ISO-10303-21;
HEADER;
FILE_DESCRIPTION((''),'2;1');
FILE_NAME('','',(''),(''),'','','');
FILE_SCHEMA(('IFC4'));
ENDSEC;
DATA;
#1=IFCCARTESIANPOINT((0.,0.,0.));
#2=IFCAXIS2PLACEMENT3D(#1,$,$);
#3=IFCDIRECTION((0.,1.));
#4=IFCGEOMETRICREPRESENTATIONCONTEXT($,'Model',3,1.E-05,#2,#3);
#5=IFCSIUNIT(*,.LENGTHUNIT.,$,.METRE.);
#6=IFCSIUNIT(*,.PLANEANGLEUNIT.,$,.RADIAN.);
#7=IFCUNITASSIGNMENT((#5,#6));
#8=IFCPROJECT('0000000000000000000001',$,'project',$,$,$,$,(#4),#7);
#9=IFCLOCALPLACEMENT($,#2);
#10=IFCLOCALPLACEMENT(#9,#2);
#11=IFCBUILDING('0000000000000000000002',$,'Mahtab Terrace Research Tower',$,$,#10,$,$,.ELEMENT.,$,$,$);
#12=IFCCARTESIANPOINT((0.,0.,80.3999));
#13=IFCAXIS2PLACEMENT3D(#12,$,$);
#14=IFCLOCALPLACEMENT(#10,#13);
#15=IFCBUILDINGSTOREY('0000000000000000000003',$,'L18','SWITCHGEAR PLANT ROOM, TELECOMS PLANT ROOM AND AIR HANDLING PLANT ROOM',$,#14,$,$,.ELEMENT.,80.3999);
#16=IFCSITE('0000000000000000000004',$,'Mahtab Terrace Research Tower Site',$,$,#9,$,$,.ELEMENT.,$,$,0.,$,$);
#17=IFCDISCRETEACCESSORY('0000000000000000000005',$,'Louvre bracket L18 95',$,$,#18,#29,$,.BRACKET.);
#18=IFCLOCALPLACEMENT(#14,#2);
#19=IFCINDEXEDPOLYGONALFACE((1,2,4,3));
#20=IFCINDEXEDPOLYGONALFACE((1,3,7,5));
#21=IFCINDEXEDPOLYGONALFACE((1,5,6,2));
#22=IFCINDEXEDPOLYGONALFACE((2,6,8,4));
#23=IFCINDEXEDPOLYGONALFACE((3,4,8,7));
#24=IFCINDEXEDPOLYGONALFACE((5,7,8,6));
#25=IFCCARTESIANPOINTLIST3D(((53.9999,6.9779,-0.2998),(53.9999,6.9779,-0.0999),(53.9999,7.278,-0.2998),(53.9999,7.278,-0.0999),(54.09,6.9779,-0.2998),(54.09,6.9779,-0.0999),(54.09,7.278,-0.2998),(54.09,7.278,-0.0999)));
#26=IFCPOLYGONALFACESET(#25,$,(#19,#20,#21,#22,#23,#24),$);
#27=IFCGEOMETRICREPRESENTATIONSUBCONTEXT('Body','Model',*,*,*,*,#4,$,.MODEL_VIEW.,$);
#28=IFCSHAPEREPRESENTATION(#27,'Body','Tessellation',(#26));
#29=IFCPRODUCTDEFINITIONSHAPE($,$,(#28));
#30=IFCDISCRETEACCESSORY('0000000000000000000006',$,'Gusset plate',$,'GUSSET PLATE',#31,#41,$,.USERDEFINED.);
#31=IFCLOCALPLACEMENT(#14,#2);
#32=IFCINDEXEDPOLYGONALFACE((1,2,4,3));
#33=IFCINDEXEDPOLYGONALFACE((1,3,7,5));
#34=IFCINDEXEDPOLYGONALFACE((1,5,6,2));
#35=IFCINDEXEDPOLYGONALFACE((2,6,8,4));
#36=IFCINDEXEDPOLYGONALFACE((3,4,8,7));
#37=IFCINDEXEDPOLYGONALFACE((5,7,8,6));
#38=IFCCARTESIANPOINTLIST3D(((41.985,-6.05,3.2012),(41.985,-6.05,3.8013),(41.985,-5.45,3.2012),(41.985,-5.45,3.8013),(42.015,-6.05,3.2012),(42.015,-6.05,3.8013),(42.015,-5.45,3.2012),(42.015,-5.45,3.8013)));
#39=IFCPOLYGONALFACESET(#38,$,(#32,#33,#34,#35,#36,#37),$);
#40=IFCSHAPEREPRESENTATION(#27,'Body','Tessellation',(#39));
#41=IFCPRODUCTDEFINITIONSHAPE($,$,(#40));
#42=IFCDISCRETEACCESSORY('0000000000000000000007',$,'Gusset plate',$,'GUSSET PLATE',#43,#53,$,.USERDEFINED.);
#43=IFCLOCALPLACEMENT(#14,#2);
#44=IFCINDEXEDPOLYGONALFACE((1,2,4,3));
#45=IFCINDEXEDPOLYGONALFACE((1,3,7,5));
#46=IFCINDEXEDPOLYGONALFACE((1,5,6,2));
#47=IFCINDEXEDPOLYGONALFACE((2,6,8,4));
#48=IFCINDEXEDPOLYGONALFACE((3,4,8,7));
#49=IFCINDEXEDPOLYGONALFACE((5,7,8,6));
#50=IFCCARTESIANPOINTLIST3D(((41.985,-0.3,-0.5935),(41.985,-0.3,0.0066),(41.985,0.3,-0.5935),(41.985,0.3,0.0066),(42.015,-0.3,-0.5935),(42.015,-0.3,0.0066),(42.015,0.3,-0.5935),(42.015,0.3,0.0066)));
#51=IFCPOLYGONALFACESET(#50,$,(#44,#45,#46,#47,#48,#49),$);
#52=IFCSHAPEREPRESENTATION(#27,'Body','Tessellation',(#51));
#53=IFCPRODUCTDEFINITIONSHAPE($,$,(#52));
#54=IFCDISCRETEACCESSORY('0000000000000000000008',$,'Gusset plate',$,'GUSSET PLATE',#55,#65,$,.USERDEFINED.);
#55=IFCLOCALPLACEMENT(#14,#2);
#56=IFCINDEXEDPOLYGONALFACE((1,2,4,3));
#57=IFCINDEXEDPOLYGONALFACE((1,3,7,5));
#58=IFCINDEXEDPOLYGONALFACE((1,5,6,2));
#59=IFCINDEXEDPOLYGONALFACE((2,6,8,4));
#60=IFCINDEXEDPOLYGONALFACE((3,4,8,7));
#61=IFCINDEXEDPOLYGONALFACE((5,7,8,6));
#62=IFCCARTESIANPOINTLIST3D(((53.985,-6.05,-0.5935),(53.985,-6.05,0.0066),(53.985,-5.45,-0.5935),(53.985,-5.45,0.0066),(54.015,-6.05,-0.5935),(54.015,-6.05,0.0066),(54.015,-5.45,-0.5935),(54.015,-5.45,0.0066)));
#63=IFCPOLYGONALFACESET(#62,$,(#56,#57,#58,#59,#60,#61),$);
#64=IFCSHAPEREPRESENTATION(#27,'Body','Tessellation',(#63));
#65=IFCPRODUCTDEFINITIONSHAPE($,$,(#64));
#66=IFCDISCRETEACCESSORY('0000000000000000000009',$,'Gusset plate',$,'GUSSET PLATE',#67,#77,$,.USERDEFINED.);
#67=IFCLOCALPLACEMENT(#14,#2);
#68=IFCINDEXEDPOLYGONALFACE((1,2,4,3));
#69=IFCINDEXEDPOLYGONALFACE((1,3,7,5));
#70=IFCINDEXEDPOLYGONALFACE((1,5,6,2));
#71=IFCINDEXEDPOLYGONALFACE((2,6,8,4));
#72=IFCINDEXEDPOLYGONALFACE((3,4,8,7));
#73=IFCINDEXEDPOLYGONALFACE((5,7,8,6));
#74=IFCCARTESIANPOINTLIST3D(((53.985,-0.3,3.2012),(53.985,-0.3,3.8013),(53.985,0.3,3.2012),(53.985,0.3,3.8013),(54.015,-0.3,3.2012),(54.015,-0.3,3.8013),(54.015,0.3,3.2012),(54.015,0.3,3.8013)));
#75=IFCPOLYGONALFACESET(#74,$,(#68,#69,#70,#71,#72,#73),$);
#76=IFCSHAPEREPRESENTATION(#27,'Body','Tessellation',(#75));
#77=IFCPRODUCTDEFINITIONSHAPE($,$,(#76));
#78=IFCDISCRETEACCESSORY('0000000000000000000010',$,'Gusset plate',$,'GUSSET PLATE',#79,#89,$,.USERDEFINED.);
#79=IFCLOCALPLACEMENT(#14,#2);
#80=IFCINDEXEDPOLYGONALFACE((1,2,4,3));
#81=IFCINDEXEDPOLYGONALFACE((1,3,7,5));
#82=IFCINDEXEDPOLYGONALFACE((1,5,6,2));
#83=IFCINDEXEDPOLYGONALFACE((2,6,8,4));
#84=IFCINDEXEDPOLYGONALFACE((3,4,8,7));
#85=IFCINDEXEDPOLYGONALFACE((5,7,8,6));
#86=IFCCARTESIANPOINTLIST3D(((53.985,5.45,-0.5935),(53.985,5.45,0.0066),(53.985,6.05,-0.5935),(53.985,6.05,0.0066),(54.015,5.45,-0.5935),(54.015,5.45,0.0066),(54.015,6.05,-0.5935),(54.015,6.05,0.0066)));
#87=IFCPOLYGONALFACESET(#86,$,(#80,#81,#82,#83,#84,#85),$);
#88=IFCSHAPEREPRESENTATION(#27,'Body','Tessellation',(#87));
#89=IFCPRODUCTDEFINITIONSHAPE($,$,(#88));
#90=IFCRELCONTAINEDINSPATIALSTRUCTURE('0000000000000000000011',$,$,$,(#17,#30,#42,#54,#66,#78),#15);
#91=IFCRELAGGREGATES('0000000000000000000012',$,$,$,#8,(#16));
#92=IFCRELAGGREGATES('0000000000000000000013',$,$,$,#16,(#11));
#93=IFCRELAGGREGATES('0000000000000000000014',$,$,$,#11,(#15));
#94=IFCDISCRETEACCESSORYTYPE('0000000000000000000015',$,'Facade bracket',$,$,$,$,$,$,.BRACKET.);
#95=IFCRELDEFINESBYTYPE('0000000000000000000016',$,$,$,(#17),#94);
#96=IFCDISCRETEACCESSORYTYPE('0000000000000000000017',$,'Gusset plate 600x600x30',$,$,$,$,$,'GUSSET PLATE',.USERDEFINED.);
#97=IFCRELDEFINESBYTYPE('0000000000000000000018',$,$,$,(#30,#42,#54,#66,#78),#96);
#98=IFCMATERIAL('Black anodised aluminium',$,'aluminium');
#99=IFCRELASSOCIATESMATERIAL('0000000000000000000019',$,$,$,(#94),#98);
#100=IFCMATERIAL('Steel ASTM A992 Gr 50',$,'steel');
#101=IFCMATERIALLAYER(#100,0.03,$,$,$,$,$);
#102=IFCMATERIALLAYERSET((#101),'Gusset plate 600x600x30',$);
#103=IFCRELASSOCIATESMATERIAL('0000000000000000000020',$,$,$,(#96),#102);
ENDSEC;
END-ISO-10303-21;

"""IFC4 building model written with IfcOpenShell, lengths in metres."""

from ifc_helpers import new_model, si_unit, direction, frame, origin, origin_2d, place, context, subcontext, project, spatial, rectangle, extrude, material, layer, layer_set, type_object, element, save


model = new_model("IFC4")

# Units and contexts
model_context = context("Model", 3, precision=1e-05, world=origin(), true_north=direction((0.0, 1.0)))
body_context = subcontext(model_context, "Body", "Model", "MODEL_VIEW")
ifc_project = project(units=[si_unit("LENGTHUNIT", "METRE"), si_unit("PLANEANGLEUNIT", "RADIAN")], contexts=[model_context])

# Site, building, storey
site_placement = place(None, origin())
site = spatial("IfcSite", under=ifc_project, at=site_placement, Name="Mahtab Terrace Research Tower Site", CompositionType="ELEMENT", RefElevation=0.0)
building_placement = place(site_placement, origin())
building = spatial("IfcBuilding", under=site, at=building_placement, Name="Mahtab Terrace Research Tower", CompositionType="ELEMENT")
storey_placement = place(building_placement, frame((0.0, 0.0, 80.3999)))
storey = spatial("IfcBuildingStorey", under=building, at=storey_placement, Name="L18", Description="SWITCHGEAR PLANT ROOM, TELECOMS PLANT ROOM AND AIR HANDLING PLANT ROOM", CompositionType="ELEMENT", Elevation=80.3999)

# Shared definitions
ifc_material_1 = material(Name="Steel ASTM A992 Gr 50", Category="steel")

# Discrete accessories
ifc_material_2 = material(Name="Black anodised aluminium", Category="aluminium")
discrete_accessory_type_1 = type_object("IfcDiscreteAccessoryType", Name="Facade bracket", PredefinedType="BRACKET", material=ifc_material_2)
for number, where, z_axis, x_axis, name in (
    (1, (54.0449, 7.1279, -0.2998), (0.0, 0.0, 1.0), (0.0, 1.0, 0.0), "Louvre bracket L18 95"),
):
    element("IfcDiscreteAccessory", number, at=place(storey_placement, frame(where, z_axis=z_axis, x_axis=x_axis)), inside=storey, type_object=discrete_accessory_type_1, Name=name, PredefinedType="BRACKET", context=body_context, shape_type="SweptSolid", body=[
        extrude(rectangle(XDim=0.3, YDim=0.0901, at=origin_2d()), origin(), (0.0, 0.0, 1.0), 0.2),
    ])
ifc_layer_1 = layer(ifc_material_1, 0.03)
ifc_layer_set_1 = layer_set([ifc_layer_1], Name="Gusset plate 600x600x30")
discrete_accessory_type_2 = type_object("IfcDiscreteAccessoryType", Name="Gusset plate 600x600x30", ElementType="GUSSET PLATE", PredefinedType="USERDEFINED", material=ifc_layer_set_1)
for number, where, z_axis, x_axis, name in (
    (2, (42.0, -5.75, 3.2012), (0.0, 0.0, 1.0), (0.0, 1.0, 0.0), "Gusset plate"),
    (3, (42.0, 0.0, -0.5935), (0.0, 0.0, 1.0), (0.0, 1.0, 0.0), "Gusset plate"),
    (4, (54.0, -5.75, -0.5935), (0.0, 0.0, 1.0), (0.0, 1.0, 0.0), "Gusset plate"),
    (5, (54.0, 0.0, 3.2012), (0.0, 0.0, 1.0), (0.0, 1.0, 0.0), "Gusset plate"),
    (6, (54.0, 5.75, -0.5935), (0.0, 0.0, 1.0), (0.0, 1.0, 0.0), "Gusset plate"),
):
    element("IfcDiscreteAccessory", number, at=place(storey_placement, frame(where, z_axis=z_axis, x_axis=x_axis)), inside=storey, type_object=discrete_accessory_type_2, Name=name, ObjectType="GUSSET PLATE", PredefinedType="USERDEFINED", context=body_context, shape_type="SweptSolid", body=[
        extrude(rectangle(XDim=0.6001, YDim=0.03, at=origin_2d()), origin(), (0.0, 0.0, 1.0), 0.6001),
    ])

save(model, "model.ifc")
